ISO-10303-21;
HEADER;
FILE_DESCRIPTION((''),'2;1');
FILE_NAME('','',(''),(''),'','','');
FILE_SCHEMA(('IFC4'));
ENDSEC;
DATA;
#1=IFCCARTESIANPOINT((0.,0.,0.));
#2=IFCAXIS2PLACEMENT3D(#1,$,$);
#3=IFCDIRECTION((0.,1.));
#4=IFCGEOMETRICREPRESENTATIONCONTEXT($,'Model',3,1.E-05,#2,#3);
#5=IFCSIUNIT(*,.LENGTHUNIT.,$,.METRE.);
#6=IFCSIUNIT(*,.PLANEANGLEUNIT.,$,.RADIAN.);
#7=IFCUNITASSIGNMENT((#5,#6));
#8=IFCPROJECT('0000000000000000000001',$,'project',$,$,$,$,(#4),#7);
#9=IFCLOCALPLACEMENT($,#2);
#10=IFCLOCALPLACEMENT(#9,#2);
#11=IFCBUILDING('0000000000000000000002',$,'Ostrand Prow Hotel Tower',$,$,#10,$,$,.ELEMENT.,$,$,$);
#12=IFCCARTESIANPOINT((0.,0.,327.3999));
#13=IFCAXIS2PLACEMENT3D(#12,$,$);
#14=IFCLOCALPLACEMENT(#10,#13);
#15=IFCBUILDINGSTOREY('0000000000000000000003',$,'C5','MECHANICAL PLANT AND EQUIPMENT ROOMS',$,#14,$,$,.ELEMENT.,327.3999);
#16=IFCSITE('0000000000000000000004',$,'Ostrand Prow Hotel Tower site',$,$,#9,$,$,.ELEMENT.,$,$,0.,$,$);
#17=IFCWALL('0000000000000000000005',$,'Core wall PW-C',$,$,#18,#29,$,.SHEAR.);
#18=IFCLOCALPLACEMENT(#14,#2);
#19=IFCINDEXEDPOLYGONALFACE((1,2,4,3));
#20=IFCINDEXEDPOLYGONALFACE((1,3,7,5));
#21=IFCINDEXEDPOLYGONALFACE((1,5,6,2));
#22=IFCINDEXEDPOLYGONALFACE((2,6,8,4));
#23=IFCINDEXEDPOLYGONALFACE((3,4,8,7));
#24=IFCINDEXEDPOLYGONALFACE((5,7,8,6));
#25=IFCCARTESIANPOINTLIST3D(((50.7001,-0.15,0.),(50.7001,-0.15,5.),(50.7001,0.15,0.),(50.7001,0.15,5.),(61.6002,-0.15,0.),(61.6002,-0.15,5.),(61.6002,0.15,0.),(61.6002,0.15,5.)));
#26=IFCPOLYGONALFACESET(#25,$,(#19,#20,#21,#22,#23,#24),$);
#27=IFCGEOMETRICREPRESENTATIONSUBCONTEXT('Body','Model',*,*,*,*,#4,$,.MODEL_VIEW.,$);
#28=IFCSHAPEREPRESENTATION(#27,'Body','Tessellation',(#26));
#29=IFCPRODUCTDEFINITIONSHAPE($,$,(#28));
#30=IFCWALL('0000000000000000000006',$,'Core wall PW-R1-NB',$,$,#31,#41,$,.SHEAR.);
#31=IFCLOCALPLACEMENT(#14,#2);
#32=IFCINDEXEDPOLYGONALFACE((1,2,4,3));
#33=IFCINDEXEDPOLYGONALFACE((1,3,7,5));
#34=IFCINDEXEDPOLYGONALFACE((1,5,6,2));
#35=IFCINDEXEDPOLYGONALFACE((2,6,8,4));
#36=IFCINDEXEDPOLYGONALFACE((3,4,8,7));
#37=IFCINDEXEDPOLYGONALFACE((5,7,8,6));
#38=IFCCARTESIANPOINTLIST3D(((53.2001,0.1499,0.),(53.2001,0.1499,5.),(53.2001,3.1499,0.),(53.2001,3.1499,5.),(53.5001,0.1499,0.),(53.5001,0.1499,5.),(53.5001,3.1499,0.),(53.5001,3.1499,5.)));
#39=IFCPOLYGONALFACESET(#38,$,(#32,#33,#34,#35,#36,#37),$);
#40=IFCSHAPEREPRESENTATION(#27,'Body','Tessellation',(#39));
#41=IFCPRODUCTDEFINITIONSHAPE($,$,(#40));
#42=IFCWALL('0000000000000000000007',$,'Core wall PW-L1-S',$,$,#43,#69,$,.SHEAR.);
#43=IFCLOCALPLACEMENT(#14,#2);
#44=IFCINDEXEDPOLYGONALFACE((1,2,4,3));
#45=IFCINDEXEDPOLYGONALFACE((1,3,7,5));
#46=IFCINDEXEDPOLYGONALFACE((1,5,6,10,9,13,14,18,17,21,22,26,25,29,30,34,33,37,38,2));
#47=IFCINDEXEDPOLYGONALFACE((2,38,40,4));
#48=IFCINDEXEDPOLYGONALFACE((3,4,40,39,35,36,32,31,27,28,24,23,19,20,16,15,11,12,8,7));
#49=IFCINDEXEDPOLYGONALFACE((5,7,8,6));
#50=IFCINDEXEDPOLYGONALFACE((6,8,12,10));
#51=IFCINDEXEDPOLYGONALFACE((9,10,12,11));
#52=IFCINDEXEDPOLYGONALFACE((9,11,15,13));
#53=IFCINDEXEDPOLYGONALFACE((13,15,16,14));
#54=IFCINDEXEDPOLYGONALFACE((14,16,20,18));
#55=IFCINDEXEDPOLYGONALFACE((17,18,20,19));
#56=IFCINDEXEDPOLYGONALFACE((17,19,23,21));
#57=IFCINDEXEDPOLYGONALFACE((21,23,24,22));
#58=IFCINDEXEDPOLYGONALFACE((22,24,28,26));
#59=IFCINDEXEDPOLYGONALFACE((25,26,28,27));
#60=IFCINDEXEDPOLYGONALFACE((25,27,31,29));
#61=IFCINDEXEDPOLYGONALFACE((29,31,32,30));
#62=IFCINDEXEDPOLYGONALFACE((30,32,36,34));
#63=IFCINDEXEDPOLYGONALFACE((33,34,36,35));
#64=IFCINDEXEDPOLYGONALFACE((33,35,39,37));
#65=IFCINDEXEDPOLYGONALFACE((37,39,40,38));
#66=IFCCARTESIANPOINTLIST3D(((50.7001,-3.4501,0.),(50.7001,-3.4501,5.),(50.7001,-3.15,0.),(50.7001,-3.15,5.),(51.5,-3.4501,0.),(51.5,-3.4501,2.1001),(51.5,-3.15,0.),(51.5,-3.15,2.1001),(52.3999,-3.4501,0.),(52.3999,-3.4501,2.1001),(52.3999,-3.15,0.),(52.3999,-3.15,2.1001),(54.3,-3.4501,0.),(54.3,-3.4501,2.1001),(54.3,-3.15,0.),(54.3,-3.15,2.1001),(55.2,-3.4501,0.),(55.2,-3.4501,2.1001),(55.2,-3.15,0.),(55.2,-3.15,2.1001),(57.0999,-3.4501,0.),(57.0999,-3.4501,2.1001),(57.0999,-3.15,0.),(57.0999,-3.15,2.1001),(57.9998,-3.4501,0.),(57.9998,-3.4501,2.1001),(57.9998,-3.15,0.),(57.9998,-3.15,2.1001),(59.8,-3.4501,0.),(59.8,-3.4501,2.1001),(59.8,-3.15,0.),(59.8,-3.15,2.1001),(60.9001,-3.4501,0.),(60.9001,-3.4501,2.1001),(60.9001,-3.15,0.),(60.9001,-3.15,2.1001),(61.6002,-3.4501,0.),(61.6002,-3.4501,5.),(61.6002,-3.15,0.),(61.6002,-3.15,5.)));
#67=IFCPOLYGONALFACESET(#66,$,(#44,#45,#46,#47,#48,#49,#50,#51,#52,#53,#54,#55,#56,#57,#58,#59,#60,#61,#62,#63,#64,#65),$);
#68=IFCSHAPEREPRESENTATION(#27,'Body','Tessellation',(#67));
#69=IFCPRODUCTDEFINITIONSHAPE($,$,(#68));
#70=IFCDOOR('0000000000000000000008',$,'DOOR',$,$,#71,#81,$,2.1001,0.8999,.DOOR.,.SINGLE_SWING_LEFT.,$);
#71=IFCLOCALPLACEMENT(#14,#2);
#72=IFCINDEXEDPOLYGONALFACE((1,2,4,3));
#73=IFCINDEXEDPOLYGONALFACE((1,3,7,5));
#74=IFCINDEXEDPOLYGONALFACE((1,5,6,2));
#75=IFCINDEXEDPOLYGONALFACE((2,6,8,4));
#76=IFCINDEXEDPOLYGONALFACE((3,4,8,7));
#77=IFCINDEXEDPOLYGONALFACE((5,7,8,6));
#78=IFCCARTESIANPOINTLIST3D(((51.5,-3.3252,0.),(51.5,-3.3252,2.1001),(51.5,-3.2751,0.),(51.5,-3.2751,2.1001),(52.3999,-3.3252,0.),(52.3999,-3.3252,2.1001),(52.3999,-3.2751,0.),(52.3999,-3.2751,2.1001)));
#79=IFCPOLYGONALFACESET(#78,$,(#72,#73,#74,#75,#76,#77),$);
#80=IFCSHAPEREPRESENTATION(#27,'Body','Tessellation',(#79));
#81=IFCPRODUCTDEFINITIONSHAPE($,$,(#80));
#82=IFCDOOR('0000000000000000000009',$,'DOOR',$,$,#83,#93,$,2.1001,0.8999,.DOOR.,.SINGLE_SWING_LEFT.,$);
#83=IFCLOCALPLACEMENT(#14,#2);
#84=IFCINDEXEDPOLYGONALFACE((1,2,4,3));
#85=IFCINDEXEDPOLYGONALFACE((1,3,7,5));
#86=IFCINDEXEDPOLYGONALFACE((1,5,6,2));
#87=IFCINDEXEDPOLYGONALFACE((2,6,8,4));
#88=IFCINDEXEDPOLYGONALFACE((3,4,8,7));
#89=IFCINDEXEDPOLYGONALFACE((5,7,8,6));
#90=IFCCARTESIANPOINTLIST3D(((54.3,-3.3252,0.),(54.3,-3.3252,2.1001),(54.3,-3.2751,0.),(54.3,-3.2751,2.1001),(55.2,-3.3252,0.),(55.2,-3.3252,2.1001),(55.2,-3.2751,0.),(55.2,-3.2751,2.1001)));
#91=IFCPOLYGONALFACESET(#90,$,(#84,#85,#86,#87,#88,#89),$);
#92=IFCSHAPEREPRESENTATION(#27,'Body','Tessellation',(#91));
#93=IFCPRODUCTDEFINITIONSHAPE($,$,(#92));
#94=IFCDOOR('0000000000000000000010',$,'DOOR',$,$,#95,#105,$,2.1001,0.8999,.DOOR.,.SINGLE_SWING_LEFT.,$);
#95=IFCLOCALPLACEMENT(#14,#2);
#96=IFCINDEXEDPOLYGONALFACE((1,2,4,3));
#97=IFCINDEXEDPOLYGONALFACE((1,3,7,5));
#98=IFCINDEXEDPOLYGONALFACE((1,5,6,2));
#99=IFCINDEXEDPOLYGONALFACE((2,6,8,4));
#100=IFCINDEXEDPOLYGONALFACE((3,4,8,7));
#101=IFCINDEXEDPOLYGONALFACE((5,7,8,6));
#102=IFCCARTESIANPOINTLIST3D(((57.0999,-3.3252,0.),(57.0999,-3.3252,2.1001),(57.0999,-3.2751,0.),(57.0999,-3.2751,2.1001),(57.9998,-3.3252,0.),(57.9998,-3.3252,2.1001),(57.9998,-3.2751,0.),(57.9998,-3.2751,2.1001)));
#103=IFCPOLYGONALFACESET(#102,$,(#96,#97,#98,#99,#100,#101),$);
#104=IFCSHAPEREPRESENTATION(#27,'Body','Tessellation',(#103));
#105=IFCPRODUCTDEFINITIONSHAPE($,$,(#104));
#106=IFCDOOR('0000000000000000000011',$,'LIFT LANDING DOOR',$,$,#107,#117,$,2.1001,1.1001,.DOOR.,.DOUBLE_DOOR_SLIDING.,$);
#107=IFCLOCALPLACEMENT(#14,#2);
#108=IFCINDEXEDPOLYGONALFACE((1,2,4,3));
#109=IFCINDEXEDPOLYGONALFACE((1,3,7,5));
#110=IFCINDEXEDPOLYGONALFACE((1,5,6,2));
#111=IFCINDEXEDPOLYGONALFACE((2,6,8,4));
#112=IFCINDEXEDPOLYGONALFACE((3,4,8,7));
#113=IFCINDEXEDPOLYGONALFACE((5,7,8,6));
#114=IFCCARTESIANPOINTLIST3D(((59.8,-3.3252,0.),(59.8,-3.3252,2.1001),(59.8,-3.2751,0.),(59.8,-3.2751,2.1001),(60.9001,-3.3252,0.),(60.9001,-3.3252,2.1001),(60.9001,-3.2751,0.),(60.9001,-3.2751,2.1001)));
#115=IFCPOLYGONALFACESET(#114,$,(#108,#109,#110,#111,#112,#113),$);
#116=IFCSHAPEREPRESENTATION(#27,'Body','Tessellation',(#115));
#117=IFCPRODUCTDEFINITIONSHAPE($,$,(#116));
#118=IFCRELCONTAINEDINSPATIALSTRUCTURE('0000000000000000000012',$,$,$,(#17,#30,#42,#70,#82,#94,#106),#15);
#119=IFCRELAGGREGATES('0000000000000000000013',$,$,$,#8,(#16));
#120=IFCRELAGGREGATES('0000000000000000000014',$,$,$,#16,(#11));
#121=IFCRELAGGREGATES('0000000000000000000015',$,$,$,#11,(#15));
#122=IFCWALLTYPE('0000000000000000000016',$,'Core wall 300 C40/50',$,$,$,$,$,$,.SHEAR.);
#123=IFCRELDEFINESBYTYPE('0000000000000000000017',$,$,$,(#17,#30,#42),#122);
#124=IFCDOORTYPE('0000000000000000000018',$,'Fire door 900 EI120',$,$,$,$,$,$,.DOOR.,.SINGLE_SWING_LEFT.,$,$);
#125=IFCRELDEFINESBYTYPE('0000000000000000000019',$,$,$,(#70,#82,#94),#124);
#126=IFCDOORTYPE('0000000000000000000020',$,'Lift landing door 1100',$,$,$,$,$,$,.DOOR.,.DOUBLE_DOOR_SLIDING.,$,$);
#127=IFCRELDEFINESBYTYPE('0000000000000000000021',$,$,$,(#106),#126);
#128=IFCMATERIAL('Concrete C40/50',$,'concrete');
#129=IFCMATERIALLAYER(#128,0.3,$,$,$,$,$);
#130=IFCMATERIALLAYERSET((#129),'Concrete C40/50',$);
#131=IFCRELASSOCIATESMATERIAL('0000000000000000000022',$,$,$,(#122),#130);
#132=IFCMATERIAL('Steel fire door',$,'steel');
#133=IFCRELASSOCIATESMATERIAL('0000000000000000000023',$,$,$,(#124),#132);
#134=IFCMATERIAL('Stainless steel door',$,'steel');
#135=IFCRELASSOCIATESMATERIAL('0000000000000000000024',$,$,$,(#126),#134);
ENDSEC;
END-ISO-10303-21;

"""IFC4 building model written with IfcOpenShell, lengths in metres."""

from ifc_helpers import new_model, si_unit, direction, frame, frame_2d, origin, place, context, subcontext, project, spatial, rectangle, extrude, material, layer, layer_set, type_object, element, fill, save


model = new_model("IFC4")

# Units and contexts
model_context = context("Model", 3, precision=1e-05, world=origin(), true_north=direction((0.0, 1.0)))
body_context = subcontext(model_context, "Body", "Model", "MODEL_VIEW")
ifc_project = project(units=[si_unit("LENGTHUNIT", "METRE"), si_unit("PLANEANGLEUNIT", "RADIAN")], contexts=[model_context])

# Site, building, storey
site_placement = place(None, origin())
site = spatial("IfcSite", under=ifc_project, at=site_placement, Name="Ostrand Prow Hotel Tower site", CompositionType="ELEMENT", RefElevation=0.0)
building_placement = place(site_placement, origin())
building = spatial("IfcBuilding", under=site, at=building_placement, Name="Ostrand Prow Hotel Tower", CompositionType="ELEMENT")
storey_placement = place(building_placement, frame((0.0, 0.0, 327.3999)))
storey = spatial("IfcBuildingStorey", under=building, at=storey_placement, Name="C5", Description="MECHANICAL PLANT AND EQUIPMENT ROOMS", CompositionType="ELEMENT", Elevation=327.3999)

# Walls
ifc_material_1 = material(Name="Concrete C40/50", Category="concrete")
ifc_layer_1 = layer(ifc_material_1, 0.3)
ifc_layer_set_1 = layer_set([ifc_layer_1], Name="Concrete C40/50")
wall_type_1 = type_object("IfcWallType", Name="Core wall 300 C40/50", PredefinedType="SHEAR", material=ifc_layer_set_1)
wall_1_placement = place(storey_placement, frame((50.7, 0.0, 0.0), z_axis=(0.0, 0.0, 1.0), x_axis=(1.0, 0.0, 0.0)))
element("IfcWall", 1, at=wall_1_placement, inside=storey, type_object=wall_type_1, Name="Core wall PW-C", PredefinedType="SHEAR", context=body_context, shape_type="SweptSolid", body=[
    extrude(rectangle(XDim=10.9001, YDim=0.3, at=frame_2d((5.4502, 0.0))), origin(), (0.0, 0.0, 1.0), 5.0),
])
wall_2_placement = place(storey_placement, frame((53.3501, 0.1499, 0.0), z_axis=(0.0, 0.0, 1.0), x_axis=(0.0, 1.0, 0.0)))
element("IfcWall", 2, at=wall_2_placement, inside=storey, type_object=wall_type_1, Name="Core wall PW-R1-NB", PredefinedType="SHEAR", context=body_context, shape_type="SweptSolid", body=[
    extrude(rectangle(XDim=3.0, YDim=0.3, at=frame_2d((1.5, 0.0))), origin(), (0.0, 0.0, 1.0), 5.0),
])

# Wall, openings, doors
wall_3_placement = place(storey_placement, frame((50.7, -3.3, 0.0), z_axis=(0.0, 0.0, 1.0), x_axis=(1.0, 0.0, 0.0)))
wall_3 = element("IfcWall", 3, at=wall_3_placement, inside=storey, type_object=wall_type_1, Name="Core wall PW-L1-S", PredefinedType="SHEAR", context=body_context, shape_type="SweptSolid", body=[
    extrude(rectangle(XDim=10.9001, YDim=0.3, at=frame_2d((5.4502, 0.0))), origin(), (0.0, 0.0, 1.0), 5.0),
])
opening_1_placement = place(wall_3_placement, frame((9.1001, 0.0, 0.0)))
opening_1 = element("IfcOpeningElement", 4, at=opening_1_placement, cuts=wall_3, PredefinedType="OPENING", context=body_context, shape_type="SweptSolid", body=[
    extrude(rectangle(XDim=1.1001, YDim=2.1001, at=frame_2d((0.55, 1.05))), frame((0.0, 0.1599, 0.0), z_axis=(0.0, -1.0, 0.0), x_axis=(1.0, 0.0, 0.0)), (0.0, 0.0, 1.0), 0.3201),
])
opening_2_placement = place(wall_3_placement, frame((0.8, 0.0, 0.0)))
opening_2 = element("IfcOpeningElement", 5, at=opening_2_placement, cuts=wall_3, PredefinedType="OPENING", context=body_context, shape_type="SweptSolid", body=[
    extrude(rectangle(XDim=0.8999, YDim=2.1001, at=frame_2d((0.45, 1.05))), frame((0.0, 0.1599, 0.0), z_axis=(0.0, -1.0, 0.0), x_axis=(1.0, 0.0, 0.0)), (0.0, 0.0, 1.0), 0.3201),
])
opening_3_placement = place(wall_3_placement, frame((3.6001, 0.0, 0.0)))
opening_3 = element("IfcOpeningElement", 6, at=opening_3_placement, cuts=wall_3, PredefinedType="OPENING", context=body_context, shape_type="SweptSolid", body=[
    extrude(rectangle(XDim=0.8999, YDim=2.1001, at=frame_2d((0.45, 1.05))), frame((0.0, 0.1599, 0.0), z_axis=(0.0, -1.0, 0.0), x_axis=(1.0, 0.0, 0.0)), (0.0, 0.0, 1.0), 0.3201),
])
opening_4_placement = place(wall_3_placement, frame((6.3999, 0.0, 0.0)))
opening_4 = element("IfcOpeningElement", 7, at=opening_4_placement, cuts=wall_3, PredefinedType="OPENING", context=body_context, shape_type="SweptSolid", body=[
    extrude(rectangle(XDim=0.8999, YDim=2.1001, at=frame_2d((0.45, 1.05))), frame((0.0, 0.1599, 0.0), z_axis=(0.0, -1.0, 0.0), x_axis=(1.0, 0.0, 0.0)), (0.0, 0.0, 1.0), 0.3201),
])
ifc_material_2 = material(Name="Steel fire door", Category="steel")
door_type_1 = type_object("IfcDoorType", Name="Fire door 900 EI120", OperationType="SINGLE_SWING_LEFT", PredefinedType="DOOR", material=ifc_material_2)
door_1_placement = place(opening_2_placement, origin())
door_1 = element("IfcDoor", 8, at=door_1_placement, inside=storey, type_object=door_type_1, Name="DOOR", OperationType="SINGLE_SWING_LEFT", OverallHeight=2.1001, OverallWidth=0.8999, PredefinedType="DOOR", context=body_context, shape_type="SweptSolid", body=[
    extrude(rectangle(XDim=0.8999, YDim=2.1001, at=frame_2d((0.45, 1.05))), frame((0.0, 0.0249, 0.0), z_axis=(0.0, -1.0, 0.0), x_axis=(1.0, 0.0, 0.0)), (0.0, 0.0, 1.0), 0.05),
])
fill(opening_2, door_1)
door_2_placement = place(opening_3_placement, origin())
door_2 = element("IfcDoor", 9, at=door_2_placement, inside=storey, type_object=door_type_1, Name="DOOR", OperationType="SINGLE_SWING_LEFT", OverallHeight=2.1001, OverallWidth=0.8999, PredefinedType="DOOR", context=body_context, shape_type="SweptSolid", body=[
    extrude(rectangle(XDim=0.8999, YDim=2.1001, at=frame_2d((0.45, 1.05))), frame((0.0, 0.0249, 0.0), z_axis=(0.0, -1.0, 0.0), x_axis=(1.0, 0.0, 0.0)), (0.0, 0.0, 1.0), 0.05),
])
fill(opening_3, door_2)
door_3_placement = place(opening_4_placement, origin())
door_3 = element("IfcDoor", 10, at=door_3_placement, inside=storey, type_object=door_type_1, Name="DOOR", OperationType="SINGLE_SWING_LEFT", OverallHeight=2.1001, OverallWidth=0.8999, PredefinedType="DOOR", context=body_context, shape_type="SweptSolid", body=[
    extrude(rectangle(XDim=0.8999, YDim=2.1001, at=frame_2d((0.45, 1.05))), frame((0.0, 0.0249, 0.0), z_axis=(0.0, -1.0, 0.0), x_axis=(1.0, 0.0, 0.0)), (0.0, 0.0, 1.0), 0.05),
])
fill(opening_4, door_3)
ifc_material_3 = material(Name="Stainless steel door", Category="steel")
door_type_2 = type_object("IfcDoorType", Name="Lift landing door 1100", OperationType="DOUBLE_DOOR_SLIDING", PredefinedType="DOOR", material=ifc_material_3)
door_4_placement = place(opening_1_placement, origin())
door_4 = element("IfcDoor", 11, at=door_4_placement, inside=storey, type_object=door_type_2, Name="LIFT LANDING DOOR", OperationType="DOUBLE_DOOR_SLIDING", OverallHeight=2.1001, OverallWidth=1.1001, PredefinedType="DOOR", context=body_context, shape_type="SweptSolid", body=[
    extrude(rectangle(XDim=1.1001, YDim=2.1001, at=frame_2d((0.55, 1.05))), frame((0.0, 0.0249, 0.0), z_axis=(0.0, -1.0, 0.0), x_axis=(1.0, 0.0, 0.0)), (0.0, 0.0, 1.0), 0.05),
])
fill(opening_1, door_4)

save(model, "model.ifc")
